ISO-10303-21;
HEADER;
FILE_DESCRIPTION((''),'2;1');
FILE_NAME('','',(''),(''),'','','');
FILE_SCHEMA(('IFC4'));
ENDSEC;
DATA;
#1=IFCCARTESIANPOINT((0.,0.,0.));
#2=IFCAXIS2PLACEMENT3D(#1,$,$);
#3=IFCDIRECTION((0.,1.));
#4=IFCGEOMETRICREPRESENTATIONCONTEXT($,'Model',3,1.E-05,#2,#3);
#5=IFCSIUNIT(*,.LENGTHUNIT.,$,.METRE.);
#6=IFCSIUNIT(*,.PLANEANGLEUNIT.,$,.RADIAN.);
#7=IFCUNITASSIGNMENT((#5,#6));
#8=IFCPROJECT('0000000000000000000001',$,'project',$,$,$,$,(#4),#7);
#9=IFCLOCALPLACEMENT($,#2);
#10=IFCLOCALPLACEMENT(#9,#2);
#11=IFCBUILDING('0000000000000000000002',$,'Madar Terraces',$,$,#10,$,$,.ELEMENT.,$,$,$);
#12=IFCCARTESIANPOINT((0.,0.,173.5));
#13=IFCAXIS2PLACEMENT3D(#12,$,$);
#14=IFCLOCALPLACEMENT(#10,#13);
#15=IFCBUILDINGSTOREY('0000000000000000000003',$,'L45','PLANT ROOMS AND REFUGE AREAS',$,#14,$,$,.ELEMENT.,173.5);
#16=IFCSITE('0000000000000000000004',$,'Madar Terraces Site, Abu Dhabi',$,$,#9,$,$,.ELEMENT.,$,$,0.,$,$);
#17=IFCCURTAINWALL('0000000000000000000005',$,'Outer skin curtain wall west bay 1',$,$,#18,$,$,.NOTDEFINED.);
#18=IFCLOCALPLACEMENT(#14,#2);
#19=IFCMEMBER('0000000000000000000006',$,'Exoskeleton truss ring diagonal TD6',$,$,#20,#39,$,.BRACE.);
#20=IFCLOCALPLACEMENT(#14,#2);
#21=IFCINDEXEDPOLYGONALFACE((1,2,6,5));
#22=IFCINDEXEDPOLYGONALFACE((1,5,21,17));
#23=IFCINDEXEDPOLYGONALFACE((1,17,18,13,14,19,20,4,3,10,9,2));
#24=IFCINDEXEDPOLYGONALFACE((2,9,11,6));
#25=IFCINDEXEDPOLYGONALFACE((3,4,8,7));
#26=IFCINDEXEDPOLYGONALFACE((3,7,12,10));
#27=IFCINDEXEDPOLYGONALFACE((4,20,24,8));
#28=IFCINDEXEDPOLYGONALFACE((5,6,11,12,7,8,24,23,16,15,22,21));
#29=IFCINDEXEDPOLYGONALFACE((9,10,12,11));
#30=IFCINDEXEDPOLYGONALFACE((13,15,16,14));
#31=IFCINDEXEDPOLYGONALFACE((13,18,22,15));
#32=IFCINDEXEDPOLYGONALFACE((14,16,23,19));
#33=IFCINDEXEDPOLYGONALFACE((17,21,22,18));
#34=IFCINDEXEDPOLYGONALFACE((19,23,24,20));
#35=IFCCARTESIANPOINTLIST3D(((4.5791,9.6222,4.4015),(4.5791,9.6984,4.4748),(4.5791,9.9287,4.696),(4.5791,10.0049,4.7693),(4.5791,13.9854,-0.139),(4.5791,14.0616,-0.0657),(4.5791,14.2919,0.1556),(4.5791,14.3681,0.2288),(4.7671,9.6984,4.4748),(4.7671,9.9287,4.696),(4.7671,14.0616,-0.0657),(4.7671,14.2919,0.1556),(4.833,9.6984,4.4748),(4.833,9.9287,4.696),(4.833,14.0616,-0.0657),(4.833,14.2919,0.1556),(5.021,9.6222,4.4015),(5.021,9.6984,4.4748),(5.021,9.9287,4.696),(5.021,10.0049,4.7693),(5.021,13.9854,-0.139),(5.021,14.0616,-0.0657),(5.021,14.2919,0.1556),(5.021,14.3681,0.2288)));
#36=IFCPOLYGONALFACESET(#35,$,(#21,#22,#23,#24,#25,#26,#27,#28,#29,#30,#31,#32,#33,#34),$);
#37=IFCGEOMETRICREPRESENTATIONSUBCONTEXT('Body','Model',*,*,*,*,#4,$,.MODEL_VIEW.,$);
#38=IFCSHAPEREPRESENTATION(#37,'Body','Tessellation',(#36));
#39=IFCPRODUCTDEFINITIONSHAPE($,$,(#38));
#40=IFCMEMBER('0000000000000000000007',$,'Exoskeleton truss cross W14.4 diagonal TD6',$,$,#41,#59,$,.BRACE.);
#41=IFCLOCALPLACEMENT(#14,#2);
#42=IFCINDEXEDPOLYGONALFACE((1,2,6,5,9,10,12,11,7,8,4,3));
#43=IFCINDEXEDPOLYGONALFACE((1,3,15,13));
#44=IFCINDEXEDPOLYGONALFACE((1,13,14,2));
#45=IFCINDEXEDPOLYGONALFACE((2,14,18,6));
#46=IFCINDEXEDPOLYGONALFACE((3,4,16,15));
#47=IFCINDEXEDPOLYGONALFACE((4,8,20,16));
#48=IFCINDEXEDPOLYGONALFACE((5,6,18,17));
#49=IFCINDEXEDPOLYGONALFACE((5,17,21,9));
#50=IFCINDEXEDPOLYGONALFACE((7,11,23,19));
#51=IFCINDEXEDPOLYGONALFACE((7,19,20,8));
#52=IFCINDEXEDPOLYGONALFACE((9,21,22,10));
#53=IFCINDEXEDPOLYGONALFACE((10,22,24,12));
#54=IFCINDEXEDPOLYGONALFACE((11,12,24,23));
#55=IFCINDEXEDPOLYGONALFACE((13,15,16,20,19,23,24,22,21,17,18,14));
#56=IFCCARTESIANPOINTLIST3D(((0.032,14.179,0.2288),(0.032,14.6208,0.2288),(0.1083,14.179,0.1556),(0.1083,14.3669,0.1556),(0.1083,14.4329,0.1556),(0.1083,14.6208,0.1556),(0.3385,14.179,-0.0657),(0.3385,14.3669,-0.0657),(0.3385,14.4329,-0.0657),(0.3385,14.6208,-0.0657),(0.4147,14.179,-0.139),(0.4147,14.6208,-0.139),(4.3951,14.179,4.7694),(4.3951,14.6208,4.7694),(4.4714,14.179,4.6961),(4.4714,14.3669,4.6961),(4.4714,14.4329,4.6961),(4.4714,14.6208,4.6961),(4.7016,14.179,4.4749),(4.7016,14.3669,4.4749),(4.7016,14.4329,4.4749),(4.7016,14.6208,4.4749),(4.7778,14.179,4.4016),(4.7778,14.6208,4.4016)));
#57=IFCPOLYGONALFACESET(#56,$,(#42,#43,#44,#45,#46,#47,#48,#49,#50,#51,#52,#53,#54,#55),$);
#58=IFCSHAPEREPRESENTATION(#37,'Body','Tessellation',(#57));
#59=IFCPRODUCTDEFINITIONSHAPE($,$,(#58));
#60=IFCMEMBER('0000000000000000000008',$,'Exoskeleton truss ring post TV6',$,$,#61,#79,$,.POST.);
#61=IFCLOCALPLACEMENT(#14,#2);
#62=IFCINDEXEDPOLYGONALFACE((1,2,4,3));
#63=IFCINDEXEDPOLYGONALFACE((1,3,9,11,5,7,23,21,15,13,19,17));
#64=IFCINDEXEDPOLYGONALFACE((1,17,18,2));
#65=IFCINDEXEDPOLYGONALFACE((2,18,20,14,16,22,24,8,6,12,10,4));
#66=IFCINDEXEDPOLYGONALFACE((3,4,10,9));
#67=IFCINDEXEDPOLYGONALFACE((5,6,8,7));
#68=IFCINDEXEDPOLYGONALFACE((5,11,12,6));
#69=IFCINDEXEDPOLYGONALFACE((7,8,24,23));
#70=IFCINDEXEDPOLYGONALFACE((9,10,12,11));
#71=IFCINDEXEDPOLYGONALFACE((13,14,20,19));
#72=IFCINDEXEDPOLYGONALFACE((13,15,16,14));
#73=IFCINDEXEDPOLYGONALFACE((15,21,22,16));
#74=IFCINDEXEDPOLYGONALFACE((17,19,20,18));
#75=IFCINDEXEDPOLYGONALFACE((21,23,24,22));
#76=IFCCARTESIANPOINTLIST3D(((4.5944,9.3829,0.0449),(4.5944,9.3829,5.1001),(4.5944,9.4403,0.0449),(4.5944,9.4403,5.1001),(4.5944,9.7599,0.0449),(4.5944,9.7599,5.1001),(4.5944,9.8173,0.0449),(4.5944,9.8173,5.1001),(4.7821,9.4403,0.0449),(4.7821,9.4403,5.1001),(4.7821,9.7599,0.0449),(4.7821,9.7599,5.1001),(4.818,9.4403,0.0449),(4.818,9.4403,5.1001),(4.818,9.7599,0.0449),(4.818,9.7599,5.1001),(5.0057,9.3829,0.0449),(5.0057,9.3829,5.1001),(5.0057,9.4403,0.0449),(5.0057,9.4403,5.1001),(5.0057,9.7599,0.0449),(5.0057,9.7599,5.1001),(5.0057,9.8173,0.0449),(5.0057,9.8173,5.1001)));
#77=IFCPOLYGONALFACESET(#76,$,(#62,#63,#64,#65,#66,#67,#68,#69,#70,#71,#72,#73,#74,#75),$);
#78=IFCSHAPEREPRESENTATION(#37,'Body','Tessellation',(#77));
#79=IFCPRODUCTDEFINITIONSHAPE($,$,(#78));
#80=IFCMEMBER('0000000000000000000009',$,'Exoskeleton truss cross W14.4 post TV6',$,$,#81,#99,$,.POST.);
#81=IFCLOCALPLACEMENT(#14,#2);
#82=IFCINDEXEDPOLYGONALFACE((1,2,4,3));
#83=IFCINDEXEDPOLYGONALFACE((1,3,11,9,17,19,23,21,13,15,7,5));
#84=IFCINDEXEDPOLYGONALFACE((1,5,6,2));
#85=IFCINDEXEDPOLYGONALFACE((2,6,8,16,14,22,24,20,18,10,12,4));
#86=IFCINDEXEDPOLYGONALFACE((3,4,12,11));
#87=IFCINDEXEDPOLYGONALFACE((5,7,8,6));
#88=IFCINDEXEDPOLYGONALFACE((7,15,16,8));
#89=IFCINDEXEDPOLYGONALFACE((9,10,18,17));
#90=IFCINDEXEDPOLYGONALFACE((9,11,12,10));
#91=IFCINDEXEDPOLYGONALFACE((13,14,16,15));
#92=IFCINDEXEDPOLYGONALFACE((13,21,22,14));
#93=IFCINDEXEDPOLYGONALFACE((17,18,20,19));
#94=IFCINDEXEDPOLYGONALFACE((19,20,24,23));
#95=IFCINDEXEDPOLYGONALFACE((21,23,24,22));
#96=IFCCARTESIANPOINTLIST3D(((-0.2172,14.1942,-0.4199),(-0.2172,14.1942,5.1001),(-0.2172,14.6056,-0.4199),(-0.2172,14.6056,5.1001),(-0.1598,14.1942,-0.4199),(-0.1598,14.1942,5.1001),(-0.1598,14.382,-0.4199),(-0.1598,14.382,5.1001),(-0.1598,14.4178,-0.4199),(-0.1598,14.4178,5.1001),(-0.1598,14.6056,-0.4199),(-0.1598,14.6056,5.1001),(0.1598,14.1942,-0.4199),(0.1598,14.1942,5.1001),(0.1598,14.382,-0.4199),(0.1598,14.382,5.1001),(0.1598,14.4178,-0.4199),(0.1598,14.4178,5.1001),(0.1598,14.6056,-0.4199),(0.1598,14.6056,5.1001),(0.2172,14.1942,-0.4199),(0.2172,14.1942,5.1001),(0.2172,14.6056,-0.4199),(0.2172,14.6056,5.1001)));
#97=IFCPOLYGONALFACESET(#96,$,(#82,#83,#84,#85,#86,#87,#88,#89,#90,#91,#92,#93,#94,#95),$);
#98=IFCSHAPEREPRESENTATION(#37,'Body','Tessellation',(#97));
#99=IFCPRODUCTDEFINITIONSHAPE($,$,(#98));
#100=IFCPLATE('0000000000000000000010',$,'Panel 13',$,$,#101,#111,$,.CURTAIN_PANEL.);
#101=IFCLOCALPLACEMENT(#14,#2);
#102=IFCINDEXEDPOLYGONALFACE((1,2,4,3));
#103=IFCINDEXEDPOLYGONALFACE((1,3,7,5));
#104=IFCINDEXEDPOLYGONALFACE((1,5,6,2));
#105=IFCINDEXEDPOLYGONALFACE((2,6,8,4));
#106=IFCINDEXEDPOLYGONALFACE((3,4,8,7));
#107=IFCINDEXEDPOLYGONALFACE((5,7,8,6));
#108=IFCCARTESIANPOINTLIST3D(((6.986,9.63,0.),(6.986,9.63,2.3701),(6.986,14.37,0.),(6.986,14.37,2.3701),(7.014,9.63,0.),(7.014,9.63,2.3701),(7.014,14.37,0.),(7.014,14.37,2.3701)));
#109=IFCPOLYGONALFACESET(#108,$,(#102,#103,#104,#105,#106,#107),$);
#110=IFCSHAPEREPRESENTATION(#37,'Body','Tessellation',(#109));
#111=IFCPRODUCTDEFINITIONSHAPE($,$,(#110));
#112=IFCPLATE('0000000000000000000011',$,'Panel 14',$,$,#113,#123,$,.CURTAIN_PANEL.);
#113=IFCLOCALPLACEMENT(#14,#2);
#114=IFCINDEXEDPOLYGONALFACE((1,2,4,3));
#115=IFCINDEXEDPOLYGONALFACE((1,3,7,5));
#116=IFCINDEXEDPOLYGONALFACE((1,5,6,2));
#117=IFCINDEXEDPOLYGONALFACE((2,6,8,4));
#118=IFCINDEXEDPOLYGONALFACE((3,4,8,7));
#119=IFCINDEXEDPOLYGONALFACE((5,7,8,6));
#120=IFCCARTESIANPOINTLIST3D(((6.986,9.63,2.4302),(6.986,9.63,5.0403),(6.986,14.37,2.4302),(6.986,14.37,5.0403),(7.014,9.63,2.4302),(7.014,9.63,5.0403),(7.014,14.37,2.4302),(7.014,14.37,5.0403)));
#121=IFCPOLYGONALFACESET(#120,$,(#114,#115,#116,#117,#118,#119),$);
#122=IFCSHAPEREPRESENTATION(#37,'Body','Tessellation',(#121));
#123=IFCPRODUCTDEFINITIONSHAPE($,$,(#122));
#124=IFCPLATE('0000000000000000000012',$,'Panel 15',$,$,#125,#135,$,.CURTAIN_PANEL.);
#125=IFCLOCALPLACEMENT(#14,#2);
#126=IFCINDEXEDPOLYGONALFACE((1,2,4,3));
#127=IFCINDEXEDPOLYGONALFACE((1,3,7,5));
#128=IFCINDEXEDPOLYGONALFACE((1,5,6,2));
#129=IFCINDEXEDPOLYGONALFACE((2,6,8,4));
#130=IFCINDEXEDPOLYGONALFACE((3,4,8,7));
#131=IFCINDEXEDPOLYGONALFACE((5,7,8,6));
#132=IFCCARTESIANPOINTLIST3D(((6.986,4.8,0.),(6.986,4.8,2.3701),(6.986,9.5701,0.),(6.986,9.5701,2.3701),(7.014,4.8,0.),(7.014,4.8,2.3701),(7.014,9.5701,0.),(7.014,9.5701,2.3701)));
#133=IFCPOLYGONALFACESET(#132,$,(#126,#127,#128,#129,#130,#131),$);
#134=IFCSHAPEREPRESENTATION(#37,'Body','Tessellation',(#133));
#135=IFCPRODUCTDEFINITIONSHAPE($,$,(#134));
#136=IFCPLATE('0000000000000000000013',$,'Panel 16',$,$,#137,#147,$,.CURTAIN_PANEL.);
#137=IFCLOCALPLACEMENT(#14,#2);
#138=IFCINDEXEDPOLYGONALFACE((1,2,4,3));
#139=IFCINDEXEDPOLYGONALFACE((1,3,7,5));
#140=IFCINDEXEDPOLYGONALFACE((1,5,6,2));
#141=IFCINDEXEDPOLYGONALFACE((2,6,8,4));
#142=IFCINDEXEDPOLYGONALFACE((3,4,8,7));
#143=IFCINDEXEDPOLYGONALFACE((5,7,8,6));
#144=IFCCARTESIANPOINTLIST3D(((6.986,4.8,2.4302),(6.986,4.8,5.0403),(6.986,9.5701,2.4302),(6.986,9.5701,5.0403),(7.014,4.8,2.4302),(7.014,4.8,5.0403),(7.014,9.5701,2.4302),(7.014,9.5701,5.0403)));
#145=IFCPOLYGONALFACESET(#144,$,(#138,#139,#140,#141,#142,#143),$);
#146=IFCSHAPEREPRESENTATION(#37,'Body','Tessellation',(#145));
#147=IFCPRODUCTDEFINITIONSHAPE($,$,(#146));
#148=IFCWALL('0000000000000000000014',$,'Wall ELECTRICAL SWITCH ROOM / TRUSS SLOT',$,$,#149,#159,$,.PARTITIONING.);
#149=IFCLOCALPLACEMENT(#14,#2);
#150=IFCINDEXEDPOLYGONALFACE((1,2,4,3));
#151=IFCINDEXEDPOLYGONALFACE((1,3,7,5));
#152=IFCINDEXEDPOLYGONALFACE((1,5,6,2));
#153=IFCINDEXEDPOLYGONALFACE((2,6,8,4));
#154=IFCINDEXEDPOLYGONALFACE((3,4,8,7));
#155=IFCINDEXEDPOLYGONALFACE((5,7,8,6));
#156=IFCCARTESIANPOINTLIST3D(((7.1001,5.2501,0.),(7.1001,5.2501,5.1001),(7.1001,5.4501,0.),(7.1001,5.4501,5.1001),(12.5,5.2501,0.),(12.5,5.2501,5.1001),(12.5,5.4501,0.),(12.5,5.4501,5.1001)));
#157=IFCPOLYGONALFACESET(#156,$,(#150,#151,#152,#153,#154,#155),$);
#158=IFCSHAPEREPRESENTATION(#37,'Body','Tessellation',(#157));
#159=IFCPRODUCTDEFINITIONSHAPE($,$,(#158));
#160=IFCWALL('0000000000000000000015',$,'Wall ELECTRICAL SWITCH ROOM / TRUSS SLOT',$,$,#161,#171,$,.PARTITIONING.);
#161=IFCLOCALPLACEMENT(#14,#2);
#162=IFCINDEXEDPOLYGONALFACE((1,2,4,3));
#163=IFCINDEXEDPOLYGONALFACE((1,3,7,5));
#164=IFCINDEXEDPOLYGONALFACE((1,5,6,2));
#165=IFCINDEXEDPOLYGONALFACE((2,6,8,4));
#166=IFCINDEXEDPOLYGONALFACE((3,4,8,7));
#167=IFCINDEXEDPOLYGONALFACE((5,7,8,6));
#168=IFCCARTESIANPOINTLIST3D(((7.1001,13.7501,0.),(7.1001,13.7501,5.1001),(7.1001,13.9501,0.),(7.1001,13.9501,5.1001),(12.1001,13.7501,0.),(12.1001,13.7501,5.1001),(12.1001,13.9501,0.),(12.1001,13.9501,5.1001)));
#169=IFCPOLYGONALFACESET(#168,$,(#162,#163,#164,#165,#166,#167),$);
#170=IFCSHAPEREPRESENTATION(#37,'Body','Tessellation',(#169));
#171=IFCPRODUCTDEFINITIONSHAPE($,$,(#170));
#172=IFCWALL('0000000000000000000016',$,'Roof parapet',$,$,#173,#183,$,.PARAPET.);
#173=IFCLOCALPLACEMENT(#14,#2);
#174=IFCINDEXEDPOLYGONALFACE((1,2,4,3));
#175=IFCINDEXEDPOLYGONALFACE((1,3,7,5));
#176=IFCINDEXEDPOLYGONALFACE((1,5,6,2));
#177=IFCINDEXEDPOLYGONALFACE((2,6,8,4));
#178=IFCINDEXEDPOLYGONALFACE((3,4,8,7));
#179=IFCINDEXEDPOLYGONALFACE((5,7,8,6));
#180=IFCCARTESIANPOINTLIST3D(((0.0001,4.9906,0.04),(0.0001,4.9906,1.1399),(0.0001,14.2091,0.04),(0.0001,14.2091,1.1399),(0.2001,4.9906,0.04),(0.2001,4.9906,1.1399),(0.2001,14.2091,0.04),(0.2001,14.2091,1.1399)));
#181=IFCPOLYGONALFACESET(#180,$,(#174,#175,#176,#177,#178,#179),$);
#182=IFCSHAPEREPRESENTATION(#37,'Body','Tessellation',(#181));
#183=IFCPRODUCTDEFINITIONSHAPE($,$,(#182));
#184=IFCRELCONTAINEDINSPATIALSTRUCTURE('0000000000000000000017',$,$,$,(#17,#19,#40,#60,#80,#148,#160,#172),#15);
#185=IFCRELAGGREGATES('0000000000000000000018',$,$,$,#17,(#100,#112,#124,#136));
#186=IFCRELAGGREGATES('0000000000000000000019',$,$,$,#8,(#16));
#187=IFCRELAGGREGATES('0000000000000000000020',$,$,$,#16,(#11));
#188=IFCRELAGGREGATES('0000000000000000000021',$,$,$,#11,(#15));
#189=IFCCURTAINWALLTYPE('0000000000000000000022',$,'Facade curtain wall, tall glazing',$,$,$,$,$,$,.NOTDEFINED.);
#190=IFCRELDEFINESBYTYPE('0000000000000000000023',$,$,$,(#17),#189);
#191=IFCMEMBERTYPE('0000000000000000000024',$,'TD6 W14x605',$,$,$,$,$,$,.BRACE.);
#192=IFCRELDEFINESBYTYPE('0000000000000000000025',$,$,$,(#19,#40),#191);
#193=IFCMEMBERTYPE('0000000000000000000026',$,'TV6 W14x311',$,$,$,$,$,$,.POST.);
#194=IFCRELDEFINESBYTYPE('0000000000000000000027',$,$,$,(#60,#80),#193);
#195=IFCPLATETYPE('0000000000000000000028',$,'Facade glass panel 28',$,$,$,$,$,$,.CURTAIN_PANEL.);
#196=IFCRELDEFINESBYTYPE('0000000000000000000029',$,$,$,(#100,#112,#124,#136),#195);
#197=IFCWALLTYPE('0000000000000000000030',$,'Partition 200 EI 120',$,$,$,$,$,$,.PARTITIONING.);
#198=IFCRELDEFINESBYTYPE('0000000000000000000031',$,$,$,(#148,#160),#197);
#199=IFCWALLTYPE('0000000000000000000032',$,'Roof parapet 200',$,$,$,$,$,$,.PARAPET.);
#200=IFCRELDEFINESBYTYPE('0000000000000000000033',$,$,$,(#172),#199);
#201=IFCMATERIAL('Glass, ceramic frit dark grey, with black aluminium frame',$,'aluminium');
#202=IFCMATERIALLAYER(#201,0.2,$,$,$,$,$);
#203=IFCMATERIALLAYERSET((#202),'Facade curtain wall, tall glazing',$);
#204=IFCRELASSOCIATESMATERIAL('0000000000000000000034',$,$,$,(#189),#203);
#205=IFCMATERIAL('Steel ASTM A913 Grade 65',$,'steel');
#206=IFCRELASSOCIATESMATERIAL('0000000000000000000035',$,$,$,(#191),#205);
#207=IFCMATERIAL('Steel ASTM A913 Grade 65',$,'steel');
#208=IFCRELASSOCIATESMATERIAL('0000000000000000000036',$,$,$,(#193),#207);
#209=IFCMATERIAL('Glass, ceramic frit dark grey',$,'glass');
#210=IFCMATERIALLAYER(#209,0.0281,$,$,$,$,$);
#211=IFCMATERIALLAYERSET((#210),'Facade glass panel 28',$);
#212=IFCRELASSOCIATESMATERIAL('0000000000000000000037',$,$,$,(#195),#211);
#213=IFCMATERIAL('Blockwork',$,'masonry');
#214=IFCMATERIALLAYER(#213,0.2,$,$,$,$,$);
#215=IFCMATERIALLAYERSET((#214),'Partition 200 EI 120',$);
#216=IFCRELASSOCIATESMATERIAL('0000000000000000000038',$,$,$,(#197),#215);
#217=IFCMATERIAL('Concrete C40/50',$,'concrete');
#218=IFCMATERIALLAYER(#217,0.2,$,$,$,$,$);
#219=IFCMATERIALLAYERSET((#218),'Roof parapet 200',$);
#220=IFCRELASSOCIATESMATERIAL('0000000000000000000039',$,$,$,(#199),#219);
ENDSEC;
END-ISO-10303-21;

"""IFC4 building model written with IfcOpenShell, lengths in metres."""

from ifc_helpers import new_model, si_unit, direction, frame, frame_2d, origin, origin_2d, place, context, subcontext, project, spatial, rectangle, i_section, extrude, material, layer, layer_set, material_profile, profile_set, type_object, element, aggregate, save


model = new_model("IFC4")

# Units and contexts
model_context = context("Model", 3, precision=1e-05, world=origin(), true_north=direction((0.0, 1.0)))
body_context = subcontext(model_context, "Body", "Model", "MODEL_VIEW")
ifc_project = project(units=[si_unit("LENGTHUNIT", "METRE"), si_unit("PLANEANGLEUNIT", "RADIAN")], contexts=[model_context])

# Site, building, storey
site_placement = place(None, origin())
site = spatial("IfcSite", under=ifc_project, at=site_placement, Name="Madar Terraces Site, Abu Dhabi", CompositionType="ELEMENT", RefElevation=0.0)
building_placement = place(site_placement, origin())
building = spatial("IfcBuilding", under=site, at=building_placement, Name="Madar Terraces", CompositionType="ELEMENT")
storey_placement = place(building_placement, frame((0.0, 0.0, 173.5)))
storey = spatial("IfcBuildingStorey", under=building, at=storey_placement, Name="L45", Description="PLANT ROOMS AND REFUGE AREAS", CompositionType="ELEMENT", Elevation=173.5)

# Curtain wall
ifc_material_1 = material(Name="Glass, ceramic frit dark grey, with black aluminium frame", Category="aluminium")
ifc_layer_1 = layer(ifc_material_1, 0.2)
ifc_layer_set_1 = layer_set([ifc_layer_1], Name="Facade curtain wall, tall glazing")
curtain_wall_type = type_object("IfcCurtainWallType", Name="Facade curtain wall, tall glazing", PredefinedType="NOTDEFINED", material=ifc_layer_set_1)
curtain_wall_1_placement = place(storey_placement, origin())
curtain_wall_1 = element("IfcCurtainWall", 1, at=curtain_wall_1_placement, inside=storey, type_object=curtain_wall_type, Name="Outer skin curtain wall west bay 1", PredefinedType="NOTDEFINED")

# Members
ifc_material_2 = material(Name="Steel ASTM A913 Grade 65", Category="steel")
ifc_material_profile_1 = material_profile(ifc_material_2, i_section(OverallWidth=0.4419, OverallDepth=0.5308, WebThickness=0.0659, FlangeThickness=0.1057, at=origin_2d()), Name="W14x605")
ifc_profile_set_1 = profile_set([ifc_material_profile_1], Name="Steel ASTM A913 Grade 65")
member_type_1 = type_object("IfcMemberType", Name="TD6 W14x605", PredefinedType="BRACE", material=ifc_profile_set_1)
for number, where, z_axis, x_axis, name in (
    (2, (4.8, 14.1768, 0.0449), (0.0, -0.692893, 0.72104), (1.0, 0.0, 0.0), "Exoskeleton truss ring diagonal TD6"),
    (3, (0.2234, 14.3999, 0.0449), (0.692873, 0.0, 0.72106), (0.0, 1.0, 0.0), "Exoskeleton truss cross W14.4 diagonal TD6"),
):
    element("IfcMember", number, at=place(storey_placement, frame(where, z_axis=z_axis, x_axis=x_axis)), inside=storey, type_object=member_type_1, Name=name, PredefinedType="BRACE", context=body_context, shape_type="SweptSolid", body=[
        extrude(i_section(OverallWidth=0.4419, OverallDepth=0.5308, WebThickness=0.0659, FlangeThickness=0.1057, at=origin_2d()), origin(), (0.0, 0.0, 1.0), 6.2971),
    ])
ifc_material_3 = material(Name="Steel ASTM A913 Grade 65", Category="steel")
ifc_material_profile_2 = material_profile(ifc_material_3, i_section(OverallWidth=0.4114, OverallDepth=0.4343, WebThickness=0.0359, FlangeThickness=0.0574, at=origin_2d()), Name="W14x311")
ifc_profile_set_2 = profile_set([ifc_material_profile_2], Name="Steel ASTM A913 Grade 65")
member_type_2 = type_object("IfcMemberType", Name="TV6 W14x311", PredefinedType="POST", material=ifc_profile_set_2)
member_1_placement = place(storey_placement, frame((4.8, 9.6001, 0.0449), z_axis=(0.0, 0.0, 1.0), x_axis=(1.0, 0.0, 0.0)))
element("IfcMember", 4, at=member_1_placement, inside=storey, type_object=member_type_2, Name="Exoskeleton truss ring post TV6", PredefinedType="POST", context=body_context, shape_type="SweptSolid", body=[
    extrude(i_section(OverallWidth=0.4114, OverallDepth=0.4343, WebThickness=0.0359, FlangeThickness=0.0574, at=origin_2d()), origin(), (0.0, 0.0, 1.0), 5.0552),
])
member_2_placement = place(storey_placement, frame((0.0, 14.3999, -0.4199), z_axis=(0.0, 0.0, 1.0), x_axis=(0.0, 1.0, 0.0)))
element("IfcMember", 5, at=member_2_placement, inside=storey, type_object=member_type_2, Name="Exoskeleton truss cross W14.4 post TV6", PredefinedType="POST", context=body_context, shape_type="SweptSolid", body=[
    extrude(i_section(OverallWidth=0.4114, OverallDepth=0.4343, WebThickness=0.0359, FlangeThickness=0.0574, at=origin_2d()), origin(), (0.0, 0.0, 1.0), 5.52),
])

# Plates
ifc_material_4 = material(Name="Glass, ceramic frit dark grey", Category="glass")
ifc_layer_2 = layer(ifc_material_4, 0.0281)
ifc_layer_set_2 = layer_set([ifc_layer_2], Name="Facade glass panel 28")
plate_type = type_object("IfcPlateType", Name="Facade glass panel 28", PredefinedType="CURTAIN_PANEL", material=ifc_layer_set_2)
plate_1_placement = place(storey_placement, frame((7.0, 12.0, 0.0), z_axis=(0.0, 0.0, 1.0), x_axis=(0.0, -1.0, 0.0)))
plate_1 = element("IfcPlate", 6, at=plate_1_placement, type_object=plate_type, Name="Panel 13", PredefinedType="CURTAIN_PANEL", context=body_context, shape_type="SweptSolid", body=[
    extrude(rectangle(XDim=4.74, YDim=0.0281, at=origin_2d()), origin(), (0.0, 0.0, 1.0), 2.3701),
])
plate_2_placement = place(storey_placement, frame((7.0, 12.0, 2.4302), z_axis=(0.0, 0.0, 1.0), x_axis=(0.0, -1.0, 0.0)))
plate_2 = element("IfcPlate", 7, at=plate_2_placement, type_object=plate_type, Name="Panel 14", PredefinedType="CURTAIN_PANEL", context=body_context, shape_type="SweptSolid", body=[
    extrude(rectangle(XDim=4.74, YDim=0.0281, at=origin_2d()), origin(), (0.0, 0.0, 1.0), 2.6101),
])
plate_3_placement = place(storey_placement, frame((7.0, 7.1851, 0.0), z_axis=(0.0, 0.0, 1.0), x_axis=(0.0, -1.0, 0.0)))
plate_3 = element("IfcPlate", 8, at=plate_3_placement, type_object=plate_type, Name="Panel 15", PredefinedType="CURTAIN_PANEL", context=body_context, shape_type="SweptSolid", body=[
    extrude(rectangle(XDim=4.77, YDim=0.0281, at=origin_2d()), origin(), (0.0, 0.0, 1.0), 2.3701),
])
plate_4_placement = place(storey_placement, frame((7.0, 7.1851, 2.4302), z_axis=(0.0, 0.0, 1.0), x_axis=(0.0, -1.0, 0.0)))
plate_4 = element("IfcPlate", 9, at=plate_4_placement, type_object=plate_type, Name="Panel 16", PredefinedType="CURTAIN_PANEL", context=body_context, shape_type="SweptSolid", body=[
    extrude(rectangle(XDim=4.77, YDim=0.0281, at=origin_2d()), origin(), (0.0, 0.0, 1.0), 2.6101),
])
aggregate(curtain_wall_1, [plate_1, plate_2, plate_3, plate_4])

# Walls
ifc_material_5 = material(Name="Blockwork", Category="masonry")
ifc_layer_3 = layer(ifc_material_5, 0.2)
ifc_layer_set_3 = layer_set([ifc_layer_3], Name="Partition 200 EI 120")
wall_type_1 = type_object("IfcWallType", Name="Partition 200 EI 120", PredefinedType="PARTITIONING", material=ifc_layer_set_3)
wall_1_placement = place(storey_placement, frame((7.1001, 5.3501, 0.0), z_axis=(0.0, 0.0, 1.0), x_axis=(1.0, 0.0, 0.0)))
element("IfcWall", 10, at=wall_1_placement, inside=storey, type_object=wall_type_1, Name="Wall ELECTRICAL SWITCH ROOM / TRUSS SLOT", PredefinedType="PARTITIONING", context=body_context, shape_type="SweptSolid", body=[
    extrude(rectangle(XDim=5.3999, YDim=0.2, at=frame_2d((2.7, 0.0))), origin(), (0.0, 0.0, 1.0), 5.1001),
])
wall_2_placement = place(storey_placement, frame((7.1001, 13.8501, 0.0), z_axis=(0.0, 0.0, 1.0), x_axis=(1.0, 0.0, 0.0)))
element("IfcWall", 11, at=wall_2_placement, inside=storey, type_object=wall_type_1, Name="Wall ELECTRICAL SWITCH ROOM / TRUSS SLOT", PredefinedType="PARTITIONING", context=body_context, shape_type="SweptSolid", body=[
    extrude(rectangle(XDim=5.0, YDim=0.2, at=frame_2d((2.5, 0.0))), origin(), (0.0, 0.0, 1.0), 5.1001),
])
ifc_material_6 = material(Name="Concrete C40/50", Category="concrete")
ifc_layer_4 = layer(ifc_material_6, 0.2)
ifc_layer_set_4 = layer_set([ifc_layer_4], Name="Roof parapet 200")
wall_type_2 = type_object("IfcWallType", Name="Roof parapet 200", PredefinedType="PARAPET", material=ifc_layer_set_4)
wall_3_placement = place(storey_placement, frame((0.1001, 14.2092, 0.04), z_axis=(0.0, 0.0, 1.0), x_axis=(0.0, -1.0, 0.0)))
element("IfcWall", 12, at=wall_3_placement, inside=storey, type_object=wall_type_2, Name="Roof parapet", PredefinedType="PARAPET", context=body_context, shape_type="SweptSolid", body=[
    extrude(rectangle(XDim=9.2185, YDim=0.2, at=frame_2d((4.6094, 0.0))), origin(), (0.0, 0.0, 1.0), 1.0999),
])

save(model, "model.ifc")
